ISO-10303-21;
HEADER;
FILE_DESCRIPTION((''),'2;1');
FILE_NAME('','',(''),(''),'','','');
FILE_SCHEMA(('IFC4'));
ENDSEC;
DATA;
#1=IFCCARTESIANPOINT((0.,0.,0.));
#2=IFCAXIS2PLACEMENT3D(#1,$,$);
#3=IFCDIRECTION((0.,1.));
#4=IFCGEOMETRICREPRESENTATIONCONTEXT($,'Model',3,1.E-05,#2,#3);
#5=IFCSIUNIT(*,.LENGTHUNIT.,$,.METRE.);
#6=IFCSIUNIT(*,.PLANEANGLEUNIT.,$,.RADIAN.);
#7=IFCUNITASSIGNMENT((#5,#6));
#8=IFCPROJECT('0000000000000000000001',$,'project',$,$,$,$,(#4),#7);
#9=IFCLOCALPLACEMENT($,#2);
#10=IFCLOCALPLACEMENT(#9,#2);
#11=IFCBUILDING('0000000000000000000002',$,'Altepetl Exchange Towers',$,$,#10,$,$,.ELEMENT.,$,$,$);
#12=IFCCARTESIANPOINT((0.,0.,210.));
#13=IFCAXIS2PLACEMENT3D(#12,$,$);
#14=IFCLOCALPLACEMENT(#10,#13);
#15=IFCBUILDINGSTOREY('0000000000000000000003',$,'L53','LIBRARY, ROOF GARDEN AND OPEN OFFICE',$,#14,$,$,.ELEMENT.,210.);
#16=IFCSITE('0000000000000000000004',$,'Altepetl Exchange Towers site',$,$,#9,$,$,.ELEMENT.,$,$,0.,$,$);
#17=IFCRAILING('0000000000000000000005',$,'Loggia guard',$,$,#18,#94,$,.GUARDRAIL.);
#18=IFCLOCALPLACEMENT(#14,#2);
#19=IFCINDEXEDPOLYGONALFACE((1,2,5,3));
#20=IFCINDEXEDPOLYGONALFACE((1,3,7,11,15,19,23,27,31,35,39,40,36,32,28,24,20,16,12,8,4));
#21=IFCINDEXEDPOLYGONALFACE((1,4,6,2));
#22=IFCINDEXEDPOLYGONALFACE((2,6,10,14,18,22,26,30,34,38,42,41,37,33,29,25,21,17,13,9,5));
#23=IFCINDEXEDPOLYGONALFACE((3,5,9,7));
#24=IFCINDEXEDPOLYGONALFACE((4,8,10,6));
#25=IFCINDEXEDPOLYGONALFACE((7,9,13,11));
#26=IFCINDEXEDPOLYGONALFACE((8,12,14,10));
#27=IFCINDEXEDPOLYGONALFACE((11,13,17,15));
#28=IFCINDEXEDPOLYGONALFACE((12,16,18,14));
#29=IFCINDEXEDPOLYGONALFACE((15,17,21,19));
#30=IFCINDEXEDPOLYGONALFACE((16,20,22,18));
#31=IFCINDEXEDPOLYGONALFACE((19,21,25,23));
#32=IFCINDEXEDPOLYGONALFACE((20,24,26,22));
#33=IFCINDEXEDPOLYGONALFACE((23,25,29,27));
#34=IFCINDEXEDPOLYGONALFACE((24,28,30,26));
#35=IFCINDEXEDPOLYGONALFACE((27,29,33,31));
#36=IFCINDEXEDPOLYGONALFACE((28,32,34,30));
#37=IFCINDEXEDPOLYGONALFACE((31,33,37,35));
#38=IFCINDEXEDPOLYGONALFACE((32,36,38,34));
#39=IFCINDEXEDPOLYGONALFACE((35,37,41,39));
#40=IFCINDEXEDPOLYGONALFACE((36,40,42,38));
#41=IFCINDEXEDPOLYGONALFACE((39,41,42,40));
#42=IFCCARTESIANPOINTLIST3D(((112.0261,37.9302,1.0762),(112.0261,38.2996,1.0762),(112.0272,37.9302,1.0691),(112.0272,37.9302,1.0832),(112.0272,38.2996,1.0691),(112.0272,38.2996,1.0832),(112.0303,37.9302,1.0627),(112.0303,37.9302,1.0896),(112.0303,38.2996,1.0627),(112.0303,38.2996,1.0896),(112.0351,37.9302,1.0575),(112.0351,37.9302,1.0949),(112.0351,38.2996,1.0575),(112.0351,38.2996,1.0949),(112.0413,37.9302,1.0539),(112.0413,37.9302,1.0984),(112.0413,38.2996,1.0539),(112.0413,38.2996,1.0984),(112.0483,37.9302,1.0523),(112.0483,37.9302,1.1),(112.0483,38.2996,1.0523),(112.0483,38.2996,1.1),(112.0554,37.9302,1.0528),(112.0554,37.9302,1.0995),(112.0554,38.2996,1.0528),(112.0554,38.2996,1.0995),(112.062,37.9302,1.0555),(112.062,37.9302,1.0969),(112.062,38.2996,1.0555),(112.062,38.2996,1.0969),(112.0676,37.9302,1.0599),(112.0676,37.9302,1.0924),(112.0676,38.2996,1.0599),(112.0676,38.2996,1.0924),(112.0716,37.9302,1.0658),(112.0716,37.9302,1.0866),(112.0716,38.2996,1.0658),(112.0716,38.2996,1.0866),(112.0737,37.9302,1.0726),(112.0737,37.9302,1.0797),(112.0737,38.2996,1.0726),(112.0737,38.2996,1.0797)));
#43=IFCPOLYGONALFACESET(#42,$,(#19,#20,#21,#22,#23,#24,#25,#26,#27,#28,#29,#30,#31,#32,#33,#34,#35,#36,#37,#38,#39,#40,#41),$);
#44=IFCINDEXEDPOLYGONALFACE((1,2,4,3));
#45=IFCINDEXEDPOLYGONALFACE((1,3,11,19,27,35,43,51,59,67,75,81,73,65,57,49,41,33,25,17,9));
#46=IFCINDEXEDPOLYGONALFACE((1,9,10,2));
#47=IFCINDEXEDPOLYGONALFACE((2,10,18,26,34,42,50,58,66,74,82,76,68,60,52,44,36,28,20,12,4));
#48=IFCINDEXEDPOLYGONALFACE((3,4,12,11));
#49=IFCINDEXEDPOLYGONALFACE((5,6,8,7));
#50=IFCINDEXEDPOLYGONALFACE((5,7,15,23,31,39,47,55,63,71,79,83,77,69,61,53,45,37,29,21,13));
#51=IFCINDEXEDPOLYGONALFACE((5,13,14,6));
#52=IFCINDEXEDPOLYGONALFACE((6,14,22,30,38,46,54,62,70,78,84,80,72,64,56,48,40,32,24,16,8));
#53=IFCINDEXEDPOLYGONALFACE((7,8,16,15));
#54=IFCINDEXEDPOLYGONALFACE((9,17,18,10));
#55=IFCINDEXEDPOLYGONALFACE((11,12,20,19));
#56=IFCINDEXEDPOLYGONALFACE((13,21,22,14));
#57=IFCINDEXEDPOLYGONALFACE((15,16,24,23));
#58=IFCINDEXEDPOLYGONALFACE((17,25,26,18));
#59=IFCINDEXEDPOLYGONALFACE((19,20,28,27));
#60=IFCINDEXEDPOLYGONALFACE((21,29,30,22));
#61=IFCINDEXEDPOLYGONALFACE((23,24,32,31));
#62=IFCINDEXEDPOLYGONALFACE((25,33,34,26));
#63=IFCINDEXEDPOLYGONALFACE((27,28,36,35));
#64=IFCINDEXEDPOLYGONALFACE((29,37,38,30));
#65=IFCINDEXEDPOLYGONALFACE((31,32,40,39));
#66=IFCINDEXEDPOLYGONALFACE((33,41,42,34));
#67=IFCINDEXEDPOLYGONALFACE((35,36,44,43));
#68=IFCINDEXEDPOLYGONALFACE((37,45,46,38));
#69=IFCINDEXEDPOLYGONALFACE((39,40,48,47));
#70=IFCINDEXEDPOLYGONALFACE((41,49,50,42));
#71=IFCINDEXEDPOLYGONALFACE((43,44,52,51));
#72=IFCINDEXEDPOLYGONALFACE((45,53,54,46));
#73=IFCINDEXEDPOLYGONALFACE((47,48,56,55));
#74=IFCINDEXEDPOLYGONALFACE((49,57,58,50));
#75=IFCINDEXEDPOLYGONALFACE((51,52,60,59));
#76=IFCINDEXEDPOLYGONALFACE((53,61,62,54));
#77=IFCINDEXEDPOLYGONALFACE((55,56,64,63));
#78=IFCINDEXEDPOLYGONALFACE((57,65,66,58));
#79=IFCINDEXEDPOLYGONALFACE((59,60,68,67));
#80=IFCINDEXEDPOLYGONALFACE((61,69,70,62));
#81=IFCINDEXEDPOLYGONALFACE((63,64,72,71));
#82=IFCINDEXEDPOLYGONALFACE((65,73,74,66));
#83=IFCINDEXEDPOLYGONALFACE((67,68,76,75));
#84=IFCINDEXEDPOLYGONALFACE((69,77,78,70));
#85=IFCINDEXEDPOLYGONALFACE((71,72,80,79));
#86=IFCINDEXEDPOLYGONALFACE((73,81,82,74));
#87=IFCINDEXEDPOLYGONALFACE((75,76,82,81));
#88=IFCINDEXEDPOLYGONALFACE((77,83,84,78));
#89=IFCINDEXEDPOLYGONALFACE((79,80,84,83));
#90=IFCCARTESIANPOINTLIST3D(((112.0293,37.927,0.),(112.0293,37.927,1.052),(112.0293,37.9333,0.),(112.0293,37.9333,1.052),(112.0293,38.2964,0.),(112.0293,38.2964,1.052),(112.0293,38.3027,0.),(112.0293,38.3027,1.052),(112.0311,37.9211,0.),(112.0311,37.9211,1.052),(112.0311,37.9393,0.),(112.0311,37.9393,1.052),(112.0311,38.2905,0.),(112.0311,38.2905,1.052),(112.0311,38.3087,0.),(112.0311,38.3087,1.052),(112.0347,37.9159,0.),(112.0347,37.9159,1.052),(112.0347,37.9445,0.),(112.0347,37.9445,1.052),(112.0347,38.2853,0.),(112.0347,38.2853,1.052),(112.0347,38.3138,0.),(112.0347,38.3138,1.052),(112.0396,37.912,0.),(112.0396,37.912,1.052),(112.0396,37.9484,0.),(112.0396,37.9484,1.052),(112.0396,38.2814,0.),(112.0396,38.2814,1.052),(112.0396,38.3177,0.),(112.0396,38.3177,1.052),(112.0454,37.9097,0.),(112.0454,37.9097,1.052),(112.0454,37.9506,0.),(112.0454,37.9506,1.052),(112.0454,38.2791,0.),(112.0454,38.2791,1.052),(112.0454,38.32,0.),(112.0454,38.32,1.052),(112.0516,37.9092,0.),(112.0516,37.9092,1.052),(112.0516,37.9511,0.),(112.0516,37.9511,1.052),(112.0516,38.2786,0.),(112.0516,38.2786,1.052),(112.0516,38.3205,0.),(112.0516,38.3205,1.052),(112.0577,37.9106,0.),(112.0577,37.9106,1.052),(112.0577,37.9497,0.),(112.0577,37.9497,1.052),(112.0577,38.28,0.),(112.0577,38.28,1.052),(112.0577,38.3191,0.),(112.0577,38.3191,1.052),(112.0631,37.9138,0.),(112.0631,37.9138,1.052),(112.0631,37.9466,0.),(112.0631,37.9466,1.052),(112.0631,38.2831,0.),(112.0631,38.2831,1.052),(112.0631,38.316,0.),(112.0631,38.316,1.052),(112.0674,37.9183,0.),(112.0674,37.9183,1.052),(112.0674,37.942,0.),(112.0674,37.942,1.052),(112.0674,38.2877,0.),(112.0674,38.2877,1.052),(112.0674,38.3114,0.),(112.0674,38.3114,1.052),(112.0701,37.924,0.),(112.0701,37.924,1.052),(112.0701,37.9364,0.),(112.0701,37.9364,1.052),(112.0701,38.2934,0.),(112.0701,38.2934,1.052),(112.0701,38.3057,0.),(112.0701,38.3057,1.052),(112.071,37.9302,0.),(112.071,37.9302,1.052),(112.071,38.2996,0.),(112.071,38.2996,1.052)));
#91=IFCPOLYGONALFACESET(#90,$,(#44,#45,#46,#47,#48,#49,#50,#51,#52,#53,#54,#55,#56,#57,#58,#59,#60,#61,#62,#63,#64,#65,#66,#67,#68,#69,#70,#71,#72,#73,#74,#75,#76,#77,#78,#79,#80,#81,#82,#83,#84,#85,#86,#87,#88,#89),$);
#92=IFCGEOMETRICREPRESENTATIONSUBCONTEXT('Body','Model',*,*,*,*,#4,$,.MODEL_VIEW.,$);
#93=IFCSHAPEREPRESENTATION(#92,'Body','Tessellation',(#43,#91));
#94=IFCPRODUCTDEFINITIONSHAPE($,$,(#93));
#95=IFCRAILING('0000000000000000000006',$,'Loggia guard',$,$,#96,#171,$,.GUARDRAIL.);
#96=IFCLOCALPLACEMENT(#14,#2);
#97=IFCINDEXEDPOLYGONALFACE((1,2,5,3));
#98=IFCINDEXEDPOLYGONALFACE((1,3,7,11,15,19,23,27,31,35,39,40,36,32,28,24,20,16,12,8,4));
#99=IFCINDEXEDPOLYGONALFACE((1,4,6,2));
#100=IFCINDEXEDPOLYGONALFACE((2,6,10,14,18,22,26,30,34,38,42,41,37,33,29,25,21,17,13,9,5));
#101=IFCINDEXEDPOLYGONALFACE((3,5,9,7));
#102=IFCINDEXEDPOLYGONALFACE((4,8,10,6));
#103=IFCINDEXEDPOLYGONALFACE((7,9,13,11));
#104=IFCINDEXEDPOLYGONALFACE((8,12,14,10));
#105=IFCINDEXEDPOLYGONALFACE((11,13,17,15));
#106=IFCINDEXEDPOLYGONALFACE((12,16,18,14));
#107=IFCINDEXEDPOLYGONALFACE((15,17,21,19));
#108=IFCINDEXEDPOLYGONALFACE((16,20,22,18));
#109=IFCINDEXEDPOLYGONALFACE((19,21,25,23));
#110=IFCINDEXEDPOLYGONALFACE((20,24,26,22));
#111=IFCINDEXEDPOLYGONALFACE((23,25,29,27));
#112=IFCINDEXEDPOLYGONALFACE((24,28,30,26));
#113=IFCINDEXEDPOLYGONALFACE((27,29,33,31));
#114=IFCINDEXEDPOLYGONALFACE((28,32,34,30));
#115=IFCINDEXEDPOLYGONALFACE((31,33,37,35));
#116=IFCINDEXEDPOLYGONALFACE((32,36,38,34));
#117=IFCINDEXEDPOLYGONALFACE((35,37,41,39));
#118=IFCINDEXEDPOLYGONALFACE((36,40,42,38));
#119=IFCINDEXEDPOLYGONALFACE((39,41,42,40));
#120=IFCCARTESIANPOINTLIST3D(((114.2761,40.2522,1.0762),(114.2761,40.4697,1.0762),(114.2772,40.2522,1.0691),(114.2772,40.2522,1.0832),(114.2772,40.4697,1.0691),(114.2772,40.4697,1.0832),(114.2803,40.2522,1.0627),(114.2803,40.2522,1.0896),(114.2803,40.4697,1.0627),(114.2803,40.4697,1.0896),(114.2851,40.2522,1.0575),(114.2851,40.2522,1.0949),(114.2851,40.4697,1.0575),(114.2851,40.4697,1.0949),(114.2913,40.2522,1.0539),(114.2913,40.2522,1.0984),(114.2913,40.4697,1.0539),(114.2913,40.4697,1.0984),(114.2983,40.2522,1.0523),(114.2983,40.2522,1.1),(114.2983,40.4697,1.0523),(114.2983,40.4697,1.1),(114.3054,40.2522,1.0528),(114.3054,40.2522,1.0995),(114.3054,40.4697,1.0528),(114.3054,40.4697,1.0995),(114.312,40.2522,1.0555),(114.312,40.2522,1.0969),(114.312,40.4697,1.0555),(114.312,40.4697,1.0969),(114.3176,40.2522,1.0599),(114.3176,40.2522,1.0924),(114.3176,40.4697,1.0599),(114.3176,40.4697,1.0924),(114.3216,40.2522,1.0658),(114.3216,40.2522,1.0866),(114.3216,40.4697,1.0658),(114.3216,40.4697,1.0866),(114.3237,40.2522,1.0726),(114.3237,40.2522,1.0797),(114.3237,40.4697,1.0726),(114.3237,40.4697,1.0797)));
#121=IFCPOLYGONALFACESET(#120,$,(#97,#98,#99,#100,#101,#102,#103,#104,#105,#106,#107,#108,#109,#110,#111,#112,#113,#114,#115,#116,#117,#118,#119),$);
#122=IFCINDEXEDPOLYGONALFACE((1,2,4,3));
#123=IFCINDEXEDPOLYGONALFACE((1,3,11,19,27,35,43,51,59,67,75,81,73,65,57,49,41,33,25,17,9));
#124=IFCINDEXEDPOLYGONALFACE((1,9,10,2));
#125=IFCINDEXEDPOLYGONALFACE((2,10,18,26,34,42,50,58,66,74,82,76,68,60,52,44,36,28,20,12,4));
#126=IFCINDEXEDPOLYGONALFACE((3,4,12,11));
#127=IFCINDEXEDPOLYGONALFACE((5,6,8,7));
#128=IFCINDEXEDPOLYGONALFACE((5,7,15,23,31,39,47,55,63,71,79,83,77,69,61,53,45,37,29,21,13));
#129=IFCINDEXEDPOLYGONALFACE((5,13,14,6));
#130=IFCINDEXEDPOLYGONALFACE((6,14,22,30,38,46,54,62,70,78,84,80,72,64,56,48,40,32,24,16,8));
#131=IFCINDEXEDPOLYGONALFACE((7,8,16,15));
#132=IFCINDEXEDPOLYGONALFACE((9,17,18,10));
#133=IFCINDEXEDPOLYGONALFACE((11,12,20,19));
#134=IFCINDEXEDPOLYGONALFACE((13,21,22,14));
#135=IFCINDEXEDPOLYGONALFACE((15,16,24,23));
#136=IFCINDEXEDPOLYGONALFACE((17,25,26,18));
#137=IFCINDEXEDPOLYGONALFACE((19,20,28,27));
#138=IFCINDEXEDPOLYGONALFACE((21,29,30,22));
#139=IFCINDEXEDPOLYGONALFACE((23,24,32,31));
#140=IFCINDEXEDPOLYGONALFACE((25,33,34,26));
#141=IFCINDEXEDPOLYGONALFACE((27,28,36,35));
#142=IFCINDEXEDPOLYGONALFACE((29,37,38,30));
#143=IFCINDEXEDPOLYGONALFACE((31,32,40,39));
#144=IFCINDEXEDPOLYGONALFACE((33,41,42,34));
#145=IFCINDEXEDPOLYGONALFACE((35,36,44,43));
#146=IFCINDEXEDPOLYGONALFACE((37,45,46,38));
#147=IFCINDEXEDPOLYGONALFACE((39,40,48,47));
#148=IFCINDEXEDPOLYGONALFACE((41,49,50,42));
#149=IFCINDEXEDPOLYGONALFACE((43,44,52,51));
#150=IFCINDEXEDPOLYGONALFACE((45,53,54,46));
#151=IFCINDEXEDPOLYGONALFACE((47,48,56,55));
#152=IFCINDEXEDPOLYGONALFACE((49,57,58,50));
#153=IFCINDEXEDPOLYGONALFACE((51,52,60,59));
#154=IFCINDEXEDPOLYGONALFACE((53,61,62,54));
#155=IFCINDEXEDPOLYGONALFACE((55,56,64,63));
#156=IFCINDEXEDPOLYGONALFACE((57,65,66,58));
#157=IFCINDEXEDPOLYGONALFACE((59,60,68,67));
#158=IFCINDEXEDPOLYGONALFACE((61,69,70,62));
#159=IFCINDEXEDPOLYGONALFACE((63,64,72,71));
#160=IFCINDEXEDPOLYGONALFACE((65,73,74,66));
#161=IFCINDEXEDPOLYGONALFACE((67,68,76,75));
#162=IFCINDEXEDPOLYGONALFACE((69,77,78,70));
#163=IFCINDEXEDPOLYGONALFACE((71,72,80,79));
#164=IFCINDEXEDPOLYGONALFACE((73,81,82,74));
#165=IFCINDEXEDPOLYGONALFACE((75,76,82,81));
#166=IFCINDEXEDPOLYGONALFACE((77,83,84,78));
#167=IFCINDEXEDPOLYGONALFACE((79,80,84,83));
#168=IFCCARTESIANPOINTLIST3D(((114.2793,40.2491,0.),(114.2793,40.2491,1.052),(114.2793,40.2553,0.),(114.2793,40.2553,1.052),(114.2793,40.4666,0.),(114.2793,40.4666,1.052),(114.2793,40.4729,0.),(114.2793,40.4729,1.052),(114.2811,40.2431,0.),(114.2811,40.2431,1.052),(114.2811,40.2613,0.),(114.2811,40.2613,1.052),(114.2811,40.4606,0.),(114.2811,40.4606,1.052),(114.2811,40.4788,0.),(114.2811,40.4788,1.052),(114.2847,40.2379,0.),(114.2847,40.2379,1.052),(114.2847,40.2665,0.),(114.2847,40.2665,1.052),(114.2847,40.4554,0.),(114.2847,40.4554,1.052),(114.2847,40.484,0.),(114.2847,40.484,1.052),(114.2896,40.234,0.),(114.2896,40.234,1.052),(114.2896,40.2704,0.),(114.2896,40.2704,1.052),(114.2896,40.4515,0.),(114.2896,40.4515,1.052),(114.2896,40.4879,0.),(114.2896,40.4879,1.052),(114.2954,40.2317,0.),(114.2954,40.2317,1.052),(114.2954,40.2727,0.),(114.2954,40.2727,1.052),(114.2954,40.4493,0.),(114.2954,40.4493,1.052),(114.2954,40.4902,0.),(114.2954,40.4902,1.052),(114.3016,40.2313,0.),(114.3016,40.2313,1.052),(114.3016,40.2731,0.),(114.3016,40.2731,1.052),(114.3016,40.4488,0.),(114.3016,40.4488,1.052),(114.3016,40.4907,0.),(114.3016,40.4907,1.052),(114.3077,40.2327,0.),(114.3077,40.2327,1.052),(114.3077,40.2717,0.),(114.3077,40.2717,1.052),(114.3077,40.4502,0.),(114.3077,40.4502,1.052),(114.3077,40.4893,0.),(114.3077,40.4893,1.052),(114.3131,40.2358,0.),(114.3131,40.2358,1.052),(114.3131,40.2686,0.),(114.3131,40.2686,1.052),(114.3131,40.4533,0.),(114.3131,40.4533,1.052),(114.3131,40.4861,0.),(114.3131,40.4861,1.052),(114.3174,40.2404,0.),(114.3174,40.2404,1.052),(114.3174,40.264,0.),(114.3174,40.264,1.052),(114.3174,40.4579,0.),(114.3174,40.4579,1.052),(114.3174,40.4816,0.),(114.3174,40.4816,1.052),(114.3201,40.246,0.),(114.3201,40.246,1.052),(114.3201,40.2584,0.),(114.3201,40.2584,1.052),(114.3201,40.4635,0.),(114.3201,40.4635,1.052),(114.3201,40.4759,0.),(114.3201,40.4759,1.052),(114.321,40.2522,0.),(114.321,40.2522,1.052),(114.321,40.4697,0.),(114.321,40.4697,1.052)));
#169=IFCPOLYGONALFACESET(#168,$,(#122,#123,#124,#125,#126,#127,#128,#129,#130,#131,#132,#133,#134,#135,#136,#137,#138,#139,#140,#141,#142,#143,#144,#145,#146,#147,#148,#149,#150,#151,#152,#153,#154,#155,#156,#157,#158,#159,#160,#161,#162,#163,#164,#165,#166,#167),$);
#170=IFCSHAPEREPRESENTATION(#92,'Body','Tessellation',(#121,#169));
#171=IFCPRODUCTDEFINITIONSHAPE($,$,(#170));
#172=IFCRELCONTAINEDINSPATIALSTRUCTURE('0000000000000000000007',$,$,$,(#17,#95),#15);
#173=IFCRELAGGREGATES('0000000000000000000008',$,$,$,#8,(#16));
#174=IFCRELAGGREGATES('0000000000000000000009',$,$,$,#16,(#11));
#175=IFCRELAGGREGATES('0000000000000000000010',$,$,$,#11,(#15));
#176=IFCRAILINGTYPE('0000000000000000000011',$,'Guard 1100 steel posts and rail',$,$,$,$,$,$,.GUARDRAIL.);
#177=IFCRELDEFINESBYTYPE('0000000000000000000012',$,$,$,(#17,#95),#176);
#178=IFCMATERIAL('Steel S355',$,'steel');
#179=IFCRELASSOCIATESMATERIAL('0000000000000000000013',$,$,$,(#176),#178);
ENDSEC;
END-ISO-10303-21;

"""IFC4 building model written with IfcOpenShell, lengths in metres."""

from ifc_helpers import new_model, si_unit, direction, frame, origin, origin_2d, place, context, subcontext, project, spatial, circle, extrude, source, transform, mapped, material, type_object, element, save


model = new_model("IFC4")

# Units and contexts
model_context = context("Model", 3, precision=1e-05, world=origin(), true_north=direction((0.0, 1.0)))
body_context = subcontext(model_context, "Body", "Model", "MODEL_VIEW")
ifc_project = project(units=[si_unit("LENGTHUNIT", "METRE"), si_unit("PLANEANGLEUNIT", "RADIAN")], contexts=[model_context])

# Site, building, storey
site_placement = place(None, origin())
site = spatial("IfcSite", under=ifc_project, at=site_placement, Name="Altepetl Exchange Towers site", CompositionType="ELEMENT", RefElevation=0.0)
building_placement = place(site_placement, origin())
building = spatial("IfcBuilding", under=site, at=building_placement, Name="Altepetl Exchange Towers", CompositionType="ELEMENT")
storey_placement = place(building_placement, frame((0.0, 0.0, 210.0)))
storey = spatial("IfcBuildingStorey", under=building, at=storey_placement, Name="L53", Description="LIBRARY, ROOF GARDEN AND OPEN OFFICE", CompositionType="ELEMENT", Elevation=210.0)

# Shared definitions
ifc_material_1 = material(Name="Steel S355", Category="steel")

# Railings
railing_type = type_object("IfcRailingType", Name="Guard 1100 steel posts and rail", PredefinedType="GUARDRAIL", material=ifc_material_1)
shared_shape = source(origin(), body_context, "Body", "SweptSolid", [
    extrude(circle(Radius=0.021, at=origin_2d()), origin(), (0.0, 0.0, 1.0), 1.052),
])
railing_1_placement = place(storey_placement, frame((112.05, 37.9302, 0.0)))
element("IfcRailing", 1, at=railing_1_placement, inside=storey, type_object=railing_type, Name="Loggia guard", PredefinedType="GUARDRAIL", context=body_context, shape_type="SweptSolid", body=[
    extrude(circle(Radius=0.0239, at=origin_2d()), frame((0.0, 0.0, 1.0762), z_axis=(0.0, 1.0, 0.0), x_axis=(-1.0, 0.0, 0.0)), (0.0, 0.0, 1.0), 0.3694),
    mapped(shared_shape, transform((0.0, 0.0, 0.0))),
    mapped(shared_shape, transform((0.0, 0.3694, 0.0))),
])
railing_2_placement = place(storey_placement, frame((114.3, 40.2522, 0.0)))
element("IfcRailing", 2, at=railing_2_placement, inside=storey, type_object=railing_type, Name="Loggia guard", PredefinedType="GUARDRAIL", context=body_context, shape_type="SweptSolid", body=[
    extrude(circle(Radius=0.0239, at=origin_2d()), frame((0.0, 0.0, 1.0762), z_axis=(0.0, 1.0, 0.0), x_axis=(-1.0, 0.0, 0.0)), (0.0, 0.0, 1.0), 0.2175),
    mapped(shared_shape, transform((0.0, 0.0, 0.0))),
    mapped(shared_shape, transform((0.0, 0.2175, 0.0))),
])

save(model, "model.ifc")
